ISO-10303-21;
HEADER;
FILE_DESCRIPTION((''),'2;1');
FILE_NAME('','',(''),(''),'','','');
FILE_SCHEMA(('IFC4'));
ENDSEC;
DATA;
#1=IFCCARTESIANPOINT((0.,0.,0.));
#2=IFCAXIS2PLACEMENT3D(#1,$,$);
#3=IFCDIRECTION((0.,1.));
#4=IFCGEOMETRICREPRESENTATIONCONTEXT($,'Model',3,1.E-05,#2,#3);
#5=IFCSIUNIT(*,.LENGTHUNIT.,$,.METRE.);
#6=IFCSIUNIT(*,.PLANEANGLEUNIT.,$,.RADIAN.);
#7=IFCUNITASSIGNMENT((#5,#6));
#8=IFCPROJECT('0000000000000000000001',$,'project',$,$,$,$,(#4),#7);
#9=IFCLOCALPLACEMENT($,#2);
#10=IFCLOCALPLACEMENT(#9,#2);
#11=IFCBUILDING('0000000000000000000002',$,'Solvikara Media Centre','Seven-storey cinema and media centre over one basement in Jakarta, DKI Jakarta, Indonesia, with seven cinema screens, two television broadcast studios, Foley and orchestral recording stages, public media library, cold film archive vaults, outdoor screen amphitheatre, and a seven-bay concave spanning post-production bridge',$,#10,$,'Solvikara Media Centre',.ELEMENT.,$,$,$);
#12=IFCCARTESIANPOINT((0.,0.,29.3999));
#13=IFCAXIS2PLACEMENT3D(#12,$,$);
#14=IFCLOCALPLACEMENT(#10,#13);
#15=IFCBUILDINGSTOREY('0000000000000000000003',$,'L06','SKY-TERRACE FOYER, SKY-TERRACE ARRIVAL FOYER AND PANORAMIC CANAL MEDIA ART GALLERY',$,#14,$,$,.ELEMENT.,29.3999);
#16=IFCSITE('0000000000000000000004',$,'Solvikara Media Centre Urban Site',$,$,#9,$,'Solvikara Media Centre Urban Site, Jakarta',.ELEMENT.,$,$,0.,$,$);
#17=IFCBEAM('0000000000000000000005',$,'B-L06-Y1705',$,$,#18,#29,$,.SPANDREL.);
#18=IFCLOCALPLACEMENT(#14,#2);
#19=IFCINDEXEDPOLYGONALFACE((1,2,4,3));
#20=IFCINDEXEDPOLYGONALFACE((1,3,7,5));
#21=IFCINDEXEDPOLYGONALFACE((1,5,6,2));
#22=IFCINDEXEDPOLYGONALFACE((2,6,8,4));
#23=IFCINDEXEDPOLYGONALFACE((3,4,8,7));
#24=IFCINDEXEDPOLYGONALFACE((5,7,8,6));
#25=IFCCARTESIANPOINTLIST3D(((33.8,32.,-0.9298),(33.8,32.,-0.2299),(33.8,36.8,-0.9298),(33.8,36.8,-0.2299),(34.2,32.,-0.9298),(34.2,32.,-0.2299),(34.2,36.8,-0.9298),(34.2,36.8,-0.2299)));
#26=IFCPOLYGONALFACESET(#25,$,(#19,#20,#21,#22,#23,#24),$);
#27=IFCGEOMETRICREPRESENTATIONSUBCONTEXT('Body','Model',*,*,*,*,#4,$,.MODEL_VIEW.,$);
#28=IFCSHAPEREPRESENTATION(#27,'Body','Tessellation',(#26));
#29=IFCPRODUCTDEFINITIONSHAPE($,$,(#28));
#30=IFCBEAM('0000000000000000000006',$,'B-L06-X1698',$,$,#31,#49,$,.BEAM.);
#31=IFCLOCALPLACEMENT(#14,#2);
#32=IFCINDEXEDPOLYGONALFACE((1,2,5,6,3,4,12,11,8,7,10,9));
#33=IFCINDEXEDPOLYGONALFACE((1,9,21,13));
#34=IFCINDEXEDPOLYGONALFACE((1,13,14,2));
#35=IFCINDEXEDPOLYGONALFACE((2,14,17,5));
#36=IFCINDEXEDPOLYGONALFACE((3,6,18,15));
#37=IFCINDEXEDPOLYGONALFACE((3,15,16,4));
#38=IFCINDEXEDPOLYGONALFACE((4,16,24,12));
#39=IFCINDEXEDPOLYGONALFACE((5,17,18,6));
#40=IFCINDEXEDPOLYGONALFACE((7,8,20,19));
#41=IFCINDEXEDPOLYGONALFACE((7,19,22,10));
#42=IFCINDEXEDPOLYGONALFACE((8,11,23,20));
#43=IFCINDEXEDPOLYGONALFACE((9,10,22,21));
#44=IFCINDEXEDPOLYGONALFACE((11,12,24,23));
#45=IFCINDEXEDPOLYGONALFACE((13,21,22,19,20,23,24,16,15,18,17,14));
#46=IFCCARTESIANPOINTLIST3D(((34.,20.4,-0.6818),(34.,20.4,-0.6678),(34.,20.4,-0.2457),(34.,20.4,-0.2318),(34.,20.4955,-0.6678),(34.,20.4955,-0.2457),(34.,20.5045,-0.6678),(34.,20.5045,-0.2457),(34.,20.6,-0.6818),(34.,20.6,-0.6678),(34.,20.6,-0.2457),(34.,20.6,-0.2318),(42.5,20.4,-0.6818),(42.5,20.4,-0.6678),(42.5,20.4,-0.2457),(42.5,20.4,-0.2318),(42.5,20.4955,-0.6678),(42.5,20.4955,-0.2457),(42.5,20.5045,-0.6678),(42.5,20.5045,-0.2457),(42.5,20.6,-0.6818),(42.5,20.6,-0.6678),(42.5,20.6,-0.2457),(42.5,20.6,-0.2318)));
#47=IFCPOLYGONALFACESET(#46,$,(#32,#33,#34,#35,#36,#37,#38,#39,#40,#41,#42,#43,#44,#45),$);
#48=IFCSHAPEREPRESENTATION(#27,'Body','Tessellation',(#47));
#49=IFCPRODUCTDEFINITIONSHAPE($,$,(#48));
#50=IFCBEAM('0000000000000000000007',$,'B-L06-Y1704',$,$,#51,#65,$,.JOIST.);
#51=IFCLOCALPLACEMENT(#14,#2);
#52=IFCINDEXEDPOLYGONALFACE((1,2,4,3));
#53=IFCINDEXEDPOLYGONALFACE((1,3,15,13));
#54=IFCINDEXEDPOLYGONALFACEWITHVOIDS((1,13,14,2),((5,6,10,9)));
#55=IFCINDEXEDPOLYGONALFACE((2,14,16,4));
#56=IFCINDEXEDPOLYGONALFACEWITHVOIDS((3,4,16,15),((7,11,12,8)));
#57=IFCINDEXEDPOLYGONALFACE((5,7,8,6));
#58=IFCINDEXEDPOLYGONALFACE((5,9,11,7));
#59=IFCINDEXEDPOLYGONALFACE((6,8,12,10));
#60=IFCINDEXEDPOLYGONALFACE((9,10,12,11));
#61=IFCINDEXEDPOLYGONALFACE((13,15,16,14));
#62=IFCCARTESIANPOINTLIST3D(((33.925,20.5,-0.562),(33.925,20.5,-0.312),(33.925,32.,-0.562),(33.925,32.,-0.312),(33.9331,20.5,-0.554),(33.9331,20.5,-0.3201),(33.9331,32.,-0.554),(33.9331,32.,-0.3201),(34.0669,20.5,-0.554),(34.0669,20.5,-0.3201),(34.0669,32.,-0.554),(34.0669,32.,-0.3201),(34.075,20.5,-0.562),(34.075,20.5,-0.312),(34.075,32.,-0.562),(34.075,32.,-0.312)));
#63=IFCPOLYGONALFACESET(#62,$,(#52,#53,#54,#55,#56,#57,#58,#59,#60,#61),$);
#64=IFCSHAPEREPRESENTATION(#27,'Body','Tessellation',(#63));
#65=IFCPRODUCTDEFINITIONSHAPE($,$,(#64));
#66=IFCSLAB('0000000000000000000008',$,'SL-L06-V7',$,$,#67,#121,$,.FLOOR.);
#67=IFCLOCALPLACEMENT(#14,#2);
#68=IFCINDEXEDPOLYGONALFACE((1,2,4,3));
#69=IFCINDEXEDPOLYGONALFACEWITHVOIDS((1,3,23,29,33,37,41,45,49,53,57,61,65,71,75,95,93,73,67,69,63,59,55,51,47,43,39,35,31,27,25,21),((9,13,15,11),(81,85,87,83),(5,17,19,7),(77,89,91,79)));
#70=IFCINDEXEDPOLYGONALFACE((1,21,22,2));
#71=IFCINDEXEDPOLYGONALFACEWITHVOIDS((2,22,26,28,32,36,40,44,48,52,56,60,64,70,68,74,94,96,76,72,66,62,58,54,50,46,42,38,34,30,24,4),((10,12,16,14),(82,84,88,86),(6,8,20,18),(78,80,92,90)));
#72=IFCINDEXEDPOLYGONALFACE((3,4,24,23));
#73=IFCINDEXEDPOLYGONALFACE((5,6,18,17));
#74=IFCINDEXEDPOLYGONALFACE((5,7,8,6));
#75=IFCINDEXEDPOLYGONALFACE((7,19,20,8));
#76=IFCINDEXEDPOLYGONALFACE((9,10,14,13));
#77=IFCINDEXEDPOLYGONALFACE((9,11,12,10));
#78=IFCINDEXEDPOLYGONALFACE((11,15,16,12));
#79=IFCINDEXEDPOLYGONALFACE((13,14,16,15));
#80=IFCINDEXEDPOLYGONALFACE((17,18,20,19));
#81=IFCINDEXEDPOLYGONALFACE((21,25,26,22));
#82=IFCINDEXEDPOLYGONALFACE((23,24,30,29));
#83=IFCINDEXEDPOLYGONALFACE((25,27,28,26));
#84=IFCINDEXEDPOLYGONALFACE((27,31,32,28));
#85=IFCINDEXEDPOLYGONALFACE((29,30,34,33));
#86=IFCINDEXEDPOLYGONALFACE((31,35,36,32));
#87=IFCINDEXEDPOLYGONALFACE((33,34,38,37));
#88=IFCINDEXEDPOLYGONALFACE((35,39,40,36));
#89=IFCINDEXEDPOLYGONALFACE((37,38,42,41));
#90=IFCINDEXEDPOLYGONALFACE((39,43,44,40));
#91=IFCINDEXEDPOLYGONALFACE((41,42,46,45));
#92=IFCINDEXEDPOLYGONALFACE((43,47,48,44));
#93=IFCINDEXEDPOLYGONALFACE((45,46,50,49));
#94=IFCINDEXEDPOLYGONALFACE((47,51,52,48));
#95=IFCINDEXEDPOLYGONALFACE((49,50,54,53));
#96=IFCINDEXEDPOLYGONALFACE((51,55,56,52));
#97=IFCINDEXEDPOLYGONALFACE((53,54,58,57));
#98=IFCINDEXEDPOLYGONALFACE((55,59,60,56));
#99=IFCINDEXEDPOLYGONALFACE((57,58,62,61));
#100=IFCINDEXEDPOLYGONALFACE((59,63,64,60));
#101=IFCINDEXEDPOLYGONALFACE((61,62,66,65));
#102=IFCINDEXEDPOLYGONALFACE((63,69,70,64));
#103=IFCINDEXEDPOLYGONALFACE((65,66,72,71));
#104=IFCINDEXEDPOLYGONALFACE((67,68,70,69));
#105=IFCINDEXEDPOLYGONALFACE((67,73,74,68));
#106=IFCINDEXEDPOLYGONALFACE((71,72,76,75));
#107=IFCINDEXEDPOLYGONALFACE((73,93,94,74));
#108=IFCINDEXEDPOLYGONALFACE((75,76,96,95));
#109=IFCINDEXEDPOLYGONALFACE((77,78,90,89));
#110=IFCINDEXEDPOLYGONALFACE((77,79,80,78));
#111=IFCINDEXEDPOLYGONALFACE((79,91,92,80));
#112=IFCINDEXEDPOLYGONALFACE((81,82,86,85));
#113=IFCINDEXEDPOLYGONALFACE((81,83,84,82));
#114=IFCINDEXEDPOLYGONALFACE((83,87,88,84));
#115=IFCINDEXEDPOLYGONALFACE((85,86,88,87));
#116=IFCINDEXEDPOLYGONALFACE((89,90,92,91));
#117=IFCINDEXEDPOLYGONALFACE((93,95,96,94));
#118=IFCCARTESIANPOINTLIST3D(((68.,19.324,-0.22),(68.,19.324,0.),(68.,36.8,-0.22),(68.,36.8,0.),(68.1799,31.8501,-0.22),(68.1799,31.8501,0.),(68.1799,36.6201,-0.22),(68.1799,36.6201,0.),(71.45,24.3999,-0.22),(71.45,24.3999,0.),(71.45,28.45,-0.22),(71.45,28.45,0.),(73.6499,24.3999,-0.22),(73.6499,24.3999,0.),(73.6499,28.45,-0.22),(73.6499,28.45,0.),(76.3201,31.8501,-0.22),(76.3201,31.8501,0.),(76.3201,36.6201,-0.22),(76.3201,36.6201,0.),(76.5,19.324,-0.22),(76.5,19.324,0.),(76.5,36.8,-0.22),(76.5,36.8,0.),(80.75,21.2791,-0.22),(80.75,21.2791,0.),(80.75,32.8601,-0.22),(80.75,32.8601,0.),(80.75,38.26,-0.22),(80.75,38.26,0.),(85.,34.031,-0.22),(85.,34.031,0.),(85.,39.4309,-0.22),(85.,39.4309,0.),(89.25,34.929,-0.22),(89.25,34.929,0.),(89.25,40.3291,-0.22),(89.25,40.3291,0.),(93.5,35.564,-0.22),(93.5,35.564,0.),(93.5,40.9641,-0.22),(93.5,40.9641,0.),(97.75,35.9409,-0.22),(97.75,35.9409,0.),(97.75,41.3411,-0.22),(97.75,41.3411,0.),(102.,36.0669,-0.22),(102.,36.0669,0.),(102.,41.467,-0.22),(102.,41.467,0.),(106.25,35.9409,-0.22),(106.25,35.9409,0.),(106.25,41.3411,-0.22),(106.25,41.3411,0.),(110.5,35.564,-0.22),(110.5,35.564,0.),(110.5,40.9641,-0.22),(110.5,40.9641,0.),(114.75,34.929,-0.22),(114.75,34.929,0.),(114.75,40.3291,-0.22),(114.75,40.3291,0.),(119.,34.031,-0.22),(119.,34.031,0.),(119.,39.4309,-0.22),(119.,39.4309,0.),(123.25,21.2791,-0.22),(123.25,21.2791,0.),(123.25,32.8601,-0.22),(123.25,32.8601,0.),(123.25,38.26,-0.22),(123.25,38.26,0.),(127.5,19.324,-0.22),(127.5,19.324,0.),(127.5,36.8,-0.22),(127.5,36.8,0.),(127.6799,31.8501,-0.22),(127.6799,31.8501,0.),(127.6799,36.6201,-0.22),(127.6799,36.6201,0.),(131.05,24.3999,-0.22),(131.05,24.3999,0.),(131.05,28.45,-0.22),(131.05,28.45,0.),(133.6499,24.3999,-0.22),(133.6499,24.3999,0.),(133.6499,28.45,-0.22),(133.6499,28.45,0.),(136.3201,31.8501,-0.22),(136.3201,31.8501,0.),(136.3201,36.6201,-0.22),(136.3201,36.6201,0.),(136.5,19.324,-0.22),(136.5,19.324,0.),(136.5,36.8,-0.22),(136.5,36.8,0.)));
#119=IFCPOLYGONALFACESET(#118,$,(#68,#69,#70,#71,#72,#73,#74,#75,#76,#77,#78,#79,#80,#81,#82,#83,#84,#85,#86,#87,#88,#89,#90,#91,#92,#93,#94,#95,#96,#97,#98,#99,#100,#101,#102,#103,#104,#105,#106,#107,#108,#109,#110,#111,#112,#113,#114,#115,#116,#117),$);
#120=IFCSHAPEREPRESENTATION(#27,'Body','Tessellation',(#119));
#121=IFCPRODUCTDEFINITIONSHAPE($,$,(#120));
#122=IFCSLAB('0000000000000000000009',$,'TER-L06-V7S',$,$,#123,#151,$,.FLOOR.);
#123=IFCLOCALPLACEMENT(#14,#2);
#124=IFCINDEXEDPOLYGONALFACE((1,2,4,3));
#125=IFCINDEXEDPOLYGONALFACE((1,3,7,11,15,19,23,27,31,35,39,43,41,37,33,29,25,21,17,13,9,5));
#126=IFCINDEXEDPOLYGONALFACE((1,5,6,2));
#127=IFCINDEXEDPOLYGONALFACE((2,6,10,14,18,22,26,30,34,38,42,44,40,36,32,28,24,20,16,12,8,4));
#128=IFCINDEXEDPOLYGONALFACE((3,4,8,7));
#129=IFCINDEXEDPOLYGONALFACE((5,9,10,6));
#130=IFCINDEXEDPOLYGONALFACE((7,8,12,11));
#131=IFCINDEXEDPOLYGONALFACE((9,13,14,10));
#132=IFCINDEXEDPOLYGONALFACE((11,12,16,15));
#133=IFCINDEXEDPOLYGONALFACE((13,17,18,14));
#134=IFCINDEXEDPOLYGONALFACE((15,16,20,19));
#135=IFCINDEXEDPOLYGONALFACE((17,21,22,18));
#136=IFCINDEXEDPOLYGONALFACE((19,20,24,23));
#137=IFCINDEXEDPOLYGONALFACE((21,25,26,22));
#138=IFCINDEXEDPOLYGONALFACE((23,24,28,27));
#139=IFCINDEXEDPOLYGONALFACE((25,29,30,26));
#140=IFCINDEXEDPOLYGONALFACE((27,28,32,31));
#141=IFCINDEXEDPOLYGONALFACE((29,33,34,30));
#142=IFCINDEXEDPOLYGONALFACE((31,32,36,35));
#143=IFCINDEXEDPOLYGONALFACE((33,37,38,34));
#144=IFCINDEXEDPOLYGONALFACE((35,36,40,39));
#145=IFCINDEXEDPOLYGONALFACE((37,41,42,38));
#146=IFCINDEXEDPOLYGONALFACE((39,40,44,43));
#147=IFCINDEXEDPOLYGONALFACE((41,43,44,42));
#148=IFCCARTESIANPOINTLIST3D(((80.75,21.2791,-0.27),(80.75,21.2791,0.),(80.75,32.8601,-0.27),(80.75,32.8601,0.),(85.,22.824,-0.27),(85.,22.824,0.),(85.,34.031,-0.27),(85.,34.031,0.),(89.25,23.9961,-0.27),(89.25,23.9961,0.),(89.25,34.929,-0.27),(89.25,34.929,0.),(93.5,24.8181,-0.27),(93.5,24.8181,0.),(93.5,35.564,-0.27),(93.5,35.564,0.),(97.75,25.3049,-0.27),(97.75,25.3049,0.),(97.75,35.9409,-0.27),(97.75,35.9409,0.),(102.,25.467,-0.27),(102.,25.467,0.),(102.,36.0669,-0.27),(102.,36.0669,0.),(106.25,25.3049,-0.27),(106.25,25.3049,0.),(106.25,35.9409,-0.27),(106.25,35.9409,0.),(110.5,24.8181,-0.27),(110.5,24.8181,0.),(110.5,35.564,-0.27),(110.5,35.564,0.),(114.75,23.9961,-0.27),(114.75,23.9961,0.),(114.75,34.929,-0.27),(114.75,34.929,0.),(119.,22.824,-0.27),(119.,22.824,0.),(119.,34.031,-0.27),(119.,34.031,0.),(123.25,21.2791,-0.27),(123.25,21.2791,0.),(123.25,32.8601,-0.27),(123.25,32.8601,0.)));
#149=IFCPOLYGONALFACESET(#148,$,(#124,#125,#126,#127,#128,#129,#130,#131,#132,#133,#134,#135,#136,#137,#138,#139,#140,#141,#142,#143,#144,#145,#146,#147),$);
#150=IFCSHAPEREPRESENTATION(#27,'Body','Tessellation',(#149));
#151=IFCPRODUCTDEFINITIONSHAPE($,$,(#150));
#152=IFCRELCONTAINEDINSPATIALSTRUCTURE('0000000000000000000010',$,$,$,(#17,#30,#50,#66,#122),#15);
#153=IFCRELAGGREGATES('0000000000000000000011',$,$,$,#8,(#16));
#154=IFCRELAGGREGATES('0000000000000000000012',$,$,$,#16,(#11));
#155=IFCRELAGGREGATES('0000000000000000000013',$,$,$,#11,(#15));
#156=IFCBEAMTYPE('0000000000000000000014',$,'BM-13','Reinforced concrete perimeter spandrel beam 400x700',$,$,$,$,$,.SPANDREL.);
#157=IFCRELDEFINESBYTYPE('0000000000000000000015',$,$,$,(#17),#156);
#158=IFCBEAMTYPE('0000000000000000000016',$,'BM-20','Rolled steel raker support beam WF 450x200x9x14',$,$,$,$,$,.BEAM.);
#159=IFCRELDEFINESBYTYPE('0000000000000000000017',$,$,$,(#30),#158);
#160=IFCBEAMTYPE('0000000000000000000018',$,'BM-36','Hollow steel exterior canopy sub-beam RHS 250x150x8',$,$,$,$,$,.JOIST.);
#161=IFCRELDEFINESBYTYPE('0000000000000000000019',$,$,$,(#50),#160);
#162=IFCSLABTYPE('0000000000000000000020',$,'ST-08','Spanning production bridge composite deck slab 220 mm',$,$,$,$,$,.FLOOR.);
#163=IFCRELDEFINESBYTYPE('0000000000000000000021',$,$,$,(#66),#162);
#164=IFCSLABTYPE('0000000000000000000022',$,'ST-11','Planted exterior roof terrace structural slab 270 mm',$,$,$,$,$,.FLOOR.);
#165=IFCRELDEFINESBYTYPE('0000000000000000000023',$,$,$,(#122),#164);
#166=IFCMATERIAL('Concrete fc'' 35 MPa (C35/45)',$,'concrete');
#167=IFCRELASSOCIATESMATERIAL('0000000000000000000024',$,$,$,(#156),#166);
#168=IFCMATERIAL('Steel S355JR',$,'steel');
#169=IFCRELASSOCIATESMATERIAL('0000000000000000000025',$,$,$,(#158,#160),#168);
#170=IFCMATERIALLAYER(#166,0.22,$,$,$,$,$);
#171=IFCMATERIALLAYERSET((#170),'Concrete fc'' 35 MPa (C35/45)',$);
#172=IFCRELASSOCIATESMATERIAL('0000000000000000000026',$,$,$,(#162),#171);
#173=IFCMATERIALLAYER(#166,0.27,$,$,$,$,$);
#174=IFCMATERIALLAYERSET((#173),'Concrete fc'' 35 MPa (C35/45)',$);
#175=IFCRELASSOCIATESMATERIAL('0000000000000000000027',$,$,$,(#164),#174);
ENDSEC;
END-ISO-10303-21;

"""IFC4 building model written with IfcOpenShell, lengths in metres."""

from ifc_helpers import new_model, si_unit, direction, frame, origin, origin_2d, place, context, subcontext, project, spatial, polyline, rectangle, hollow_rectangle, i_section, outline, extrude, material, layer, layer_set, material_profile, profile_set, type_object, element, save


model = new_model("IFC4")

# Units and contexts
model_context = context("Model", 3, precision=1e-05, world=origin(), true_north=direction((0.0, 1.0)))
body_context = subcontext(model_context, "Body", "Model", "MODEL_VIEW")
ifc_project = project(units=[si_unit("LENGTHUNIT", "METRE"), si_unit("PLANEANGLEUNIT", "RADIAN")], contexts=[model_context])

# Site, building, storey
site_placement = place(None, origin())
site = spatial("IfcSite", under=ifc_project, at=site_placement, Name="Solvikara Media Centre Urban Site", LongName="Solvikara Media Centre Urban Site, Jakarta", CompositionType="ELEMENT", RefElevation=0.0)
building_placement = place(site_placement, origin())
building = spatial("IfcBuilding", under=site, at=building_placement, Name="Solvikara Media Centre", Description="Seven-storey cinema and media centre over one basement in Jakarta, DKI Jakarta, Indonesia, with seven cinema screens, two television broadcast studios, Foley and orchestral recording stages, public media library, cold film archive vaults, outdoor screen amphitheatre, and a seven-bay concave spanning post-production bridge", LongName="Solvikara Media Centre", CompositionType="ELEMENT")
storey_placement = place(building_placement, frame((0.0, 0.0, 29.3999)))
storey = spatial("IfcBuildingStorey", under=building, at=storey_placement, Name="L06", Description="SKY-TERRACE FOYER, SKY-TERRACE ARRIVAL FOYER AND PANORAMIC CANAL MEDIA ART GALLERY", CompositionType="ELEMENT", Elevation=29.3999)

# Beams
ifc_material_1 = material(Name="Concrete fc' 35 MPa (C35/45)", Category="concrete")
ifc_material_profile_1 = material_profile(ifc_material_1, rectangle(XDim=0.3999, YDim=0.7, at=origin_2d()), Name="RC 400x700")
ifc_profile_set_1 = profile_set([ifc_material_profile_1], Name="Concrete fc' 35 MPa (C35/45)")
beam_type_1 = type_object("IfcBeamType", Name="BM-13", Description="Reinforced concrete perimeter spandrel beam 400x700", PredefinedType="SPANDREL", material=ifc_profile_set_1)
beam_1_placement = place(storey_placement, frame((34.0, 32.0, -0.5798), z_axis=(0.0, 1.0, 0.0), x_axis=(-1.0, 0.0, 0.0)))
element("IfcBeam", 1, at=beam_1_placement, inside=storey, type_object=beam_type_1, Name="B-L06-Y1705", PredefinedType="SPANDREL", context=body_context, shape_type="SweptSolid", body=[
    extrude(rectangle(XDim=0.3999, YDim=0.7, at=origin_2d()), origin(), (0.0, 0.0, 1.0), 4.8),
])
ifc_material_2 = material(Name="Steel S355JR", Category="steel")
ifc_material_profile_2 = material_profile(ifc_material_2, i_section(OverallWidth=0.2, OverallDepth=0.45, WebThickness=0.009, FlangeThickness=0.0139, at=origin_2d()), Name="WF 450x200x9x14")
ifc_profile_set_2 = profile_set([ifc_material_profile_2], Name="Steel S355JR")
beam_type_2 = type_object("IfcBeamType", Name="BM-20", Description="Rolled steel raker support beam WF 450x200x9x14", PredefinedType="BEAM", material=ifc_profile_set_2)
beam_2_placement = place(storey_placement, frame((34.0, 20.5, -0.4568), z_axis=(1.0, 0.0, 0.0), x_axis=(0.0, 1.0, 0.0)))
element("IfcBeam", 2, at=beam_2_placement, inside=storey, type_object=beam_type_2, Name="B-L06-X1698", PredefinedType="BEAM", context=body_context, shape_type="SweptSolid", body=[
    extrude(i_section(OverallWidth=0.2, OverallDepth=0.45, WebThickness=0.009, FlangeThickness=0.0139, at=origin_2d()), origin(), (0.0, 0.0, 1.0), 8.5),
])
ifc_material_profile_3 = material_profile(ifc_material_2, hollow_rectangle(XDim=0.1499, YDim=0.25, WallThickness=0.0081, at=origin_2d()), Name="RHS 250x150x8")
ifc_profile_set_3 = profile_set([ifc_material_profile_3], Name="Steel S355JR")
beam_type_3 = type_object("IfcBeamType", Name="BM-36", Description="Hollow steel exterior canopy sub-beam RHS 250x150x8", PredefinedType="JOIST", material=ifc_profile_set_3)
beam_3_placement = place(storey_placement, frame((34.0, 20.5, -0.437), z_axis=(0.0, 1.0, 0.0), x_axis=(-1.0, 0.0, 0.0)))
element("IfcBeam", 3, at=beam_3_placement, inside=storey, type_object=beam_type_3, Name="B-L06-Y1704", PredefinedType="JOIST", context=body_context, shape_type="SweptSolid", body=[
    extrude(hollow_rectangle(XDim=0.1499, YDim=0.25, WallThickness=0.0081, at=origin_2d()), origin(), (0.0, 0.0, 1.0), 11.5),
])

# Slabs
ifc_layer_1 = layer(ifc_material_1, 0.22)
ifc_layer_set_1 = layer_set([ifc_layer_1], Name="Concrete fc' 35 MPa (C35/45)")
slab_type_1 = type_object("IfcSlabType", Name="ST-08", Description="Spanning production bridge composite deck slab 220 mm", PredefinedType="FLOOR", material=ifc_layer_set_1)
slab_1_placement = place(storey_placement, frame((0.0, 0.0, -0.22)))
element("IfcSlab", 4, at=slab_1_placement, inside=storey, type_object=slab_type_1, Name="SL-L06-V7", PredefinedType="FLOOR", context=body_context, shape_type="SweptSolid", body=[
    extrude(outline(polyline([(68.0, 19.324), (76.5, 19.324), (80.75, 21.2791), (80.75, 32.8601), (85.0, 34.031), (89.25, 34.929), (93.5, 35.564), (97.75, 35.9409), (102.0, 36.0669), (106.25, 35.9409), (110.5, 35.564), (114.75, 34.929), (119.0, 34.031), (123.25, 32.8601), (123.25, 21.2791), (127.5, 19.324), (136.5, 19.324), (136.5, 36.8), (127.5, 36.8), (123.25, 38.26), (119.0, 39.4309), (114.75, 40.3291), (110.5, 40.9641), (106.25, 41.3411), (102.0, 41.467), (97.75, 41.3411), (93.5, 40.9641), (89.25, 40.3291), (85.0, 39.4309), (80.75, 38.26), (76.5, 36.8), (68.0, 36.8), (68.0, 19.324)]), holes=[polyline([(68.1799, 31.8501), (76.3201, 31.8501), (76.3201, 36.6201), (68.1799, 36.6201), (68.1799, 31.8501)]), polyline([(71.45, 24.3999), (73.6499, 24.3999), (73.6499, 28.45), (71.45, 28.45), (71.45, 24.3999)]), polyline([(127.6799, 31.8501), (136.3201, 31.8501), (136.3201, 36.6201), (127.6799, 36.6201), (127.6799, 31.8501)]), polyline([(131.05, 24.3999), (133.6499, 24.3999), (133.6499, 28.45), (131.05, 28.45), (131.05, 24.3999)])]), origin(), (0.0, 0.0, 1.0), 0.22),
])
ifc_layer_2 = layer(ifc_material_1, 0.27)
ifc_layer_set_2 = layer_set([ifc_layer_2], Name="Concrete fc' 35 MPa (C35/45)")
slab_type_2 = type_object("IfcSlabType", Name="ST-11", Description="Planted exterior roof terrace structural slab 270 mm", PredefinedType="FLOOR", material=ifc_layer_set_2)
slab_2_placement = place(storey_placement, frame((0.0, 0.0, -0.27)))
element("IfcSlab", 5, at=slab_2_placement, inside=storey, type_object=slab_type_2, Name="TER-L06-V7S", PredefinedType="FLOOR", context=body_context, shape_type="SweptSolid", body=[
    extrude(outline(polyline([(80.75, 21.2791), (85.0, 22.824), (89.25, 23.9961), (93.5, 24.8181), (97.75, 25.3049), (102.0, 25.467), (106.25, 25.3049), (110.5, 24.8181), (114.75, 23.9961), (119.0, 22.824), (123.25, 21.2791), (123.25, 32.8601), (119.0, 34.031), (114.75, 34.929), (110.5, 35.564), (106.25, 35.9409), (102.0, 36.0669), (97.75, 35.9409), (93.5, 35.564), (89.25, 34.929), (85.0, 34.031), (80.75, 32.8601), (80.75, 21.2791)])), origin(), (0.0, 0.0, 1.0), 0.27),
])

save(model, "model.ifc")
